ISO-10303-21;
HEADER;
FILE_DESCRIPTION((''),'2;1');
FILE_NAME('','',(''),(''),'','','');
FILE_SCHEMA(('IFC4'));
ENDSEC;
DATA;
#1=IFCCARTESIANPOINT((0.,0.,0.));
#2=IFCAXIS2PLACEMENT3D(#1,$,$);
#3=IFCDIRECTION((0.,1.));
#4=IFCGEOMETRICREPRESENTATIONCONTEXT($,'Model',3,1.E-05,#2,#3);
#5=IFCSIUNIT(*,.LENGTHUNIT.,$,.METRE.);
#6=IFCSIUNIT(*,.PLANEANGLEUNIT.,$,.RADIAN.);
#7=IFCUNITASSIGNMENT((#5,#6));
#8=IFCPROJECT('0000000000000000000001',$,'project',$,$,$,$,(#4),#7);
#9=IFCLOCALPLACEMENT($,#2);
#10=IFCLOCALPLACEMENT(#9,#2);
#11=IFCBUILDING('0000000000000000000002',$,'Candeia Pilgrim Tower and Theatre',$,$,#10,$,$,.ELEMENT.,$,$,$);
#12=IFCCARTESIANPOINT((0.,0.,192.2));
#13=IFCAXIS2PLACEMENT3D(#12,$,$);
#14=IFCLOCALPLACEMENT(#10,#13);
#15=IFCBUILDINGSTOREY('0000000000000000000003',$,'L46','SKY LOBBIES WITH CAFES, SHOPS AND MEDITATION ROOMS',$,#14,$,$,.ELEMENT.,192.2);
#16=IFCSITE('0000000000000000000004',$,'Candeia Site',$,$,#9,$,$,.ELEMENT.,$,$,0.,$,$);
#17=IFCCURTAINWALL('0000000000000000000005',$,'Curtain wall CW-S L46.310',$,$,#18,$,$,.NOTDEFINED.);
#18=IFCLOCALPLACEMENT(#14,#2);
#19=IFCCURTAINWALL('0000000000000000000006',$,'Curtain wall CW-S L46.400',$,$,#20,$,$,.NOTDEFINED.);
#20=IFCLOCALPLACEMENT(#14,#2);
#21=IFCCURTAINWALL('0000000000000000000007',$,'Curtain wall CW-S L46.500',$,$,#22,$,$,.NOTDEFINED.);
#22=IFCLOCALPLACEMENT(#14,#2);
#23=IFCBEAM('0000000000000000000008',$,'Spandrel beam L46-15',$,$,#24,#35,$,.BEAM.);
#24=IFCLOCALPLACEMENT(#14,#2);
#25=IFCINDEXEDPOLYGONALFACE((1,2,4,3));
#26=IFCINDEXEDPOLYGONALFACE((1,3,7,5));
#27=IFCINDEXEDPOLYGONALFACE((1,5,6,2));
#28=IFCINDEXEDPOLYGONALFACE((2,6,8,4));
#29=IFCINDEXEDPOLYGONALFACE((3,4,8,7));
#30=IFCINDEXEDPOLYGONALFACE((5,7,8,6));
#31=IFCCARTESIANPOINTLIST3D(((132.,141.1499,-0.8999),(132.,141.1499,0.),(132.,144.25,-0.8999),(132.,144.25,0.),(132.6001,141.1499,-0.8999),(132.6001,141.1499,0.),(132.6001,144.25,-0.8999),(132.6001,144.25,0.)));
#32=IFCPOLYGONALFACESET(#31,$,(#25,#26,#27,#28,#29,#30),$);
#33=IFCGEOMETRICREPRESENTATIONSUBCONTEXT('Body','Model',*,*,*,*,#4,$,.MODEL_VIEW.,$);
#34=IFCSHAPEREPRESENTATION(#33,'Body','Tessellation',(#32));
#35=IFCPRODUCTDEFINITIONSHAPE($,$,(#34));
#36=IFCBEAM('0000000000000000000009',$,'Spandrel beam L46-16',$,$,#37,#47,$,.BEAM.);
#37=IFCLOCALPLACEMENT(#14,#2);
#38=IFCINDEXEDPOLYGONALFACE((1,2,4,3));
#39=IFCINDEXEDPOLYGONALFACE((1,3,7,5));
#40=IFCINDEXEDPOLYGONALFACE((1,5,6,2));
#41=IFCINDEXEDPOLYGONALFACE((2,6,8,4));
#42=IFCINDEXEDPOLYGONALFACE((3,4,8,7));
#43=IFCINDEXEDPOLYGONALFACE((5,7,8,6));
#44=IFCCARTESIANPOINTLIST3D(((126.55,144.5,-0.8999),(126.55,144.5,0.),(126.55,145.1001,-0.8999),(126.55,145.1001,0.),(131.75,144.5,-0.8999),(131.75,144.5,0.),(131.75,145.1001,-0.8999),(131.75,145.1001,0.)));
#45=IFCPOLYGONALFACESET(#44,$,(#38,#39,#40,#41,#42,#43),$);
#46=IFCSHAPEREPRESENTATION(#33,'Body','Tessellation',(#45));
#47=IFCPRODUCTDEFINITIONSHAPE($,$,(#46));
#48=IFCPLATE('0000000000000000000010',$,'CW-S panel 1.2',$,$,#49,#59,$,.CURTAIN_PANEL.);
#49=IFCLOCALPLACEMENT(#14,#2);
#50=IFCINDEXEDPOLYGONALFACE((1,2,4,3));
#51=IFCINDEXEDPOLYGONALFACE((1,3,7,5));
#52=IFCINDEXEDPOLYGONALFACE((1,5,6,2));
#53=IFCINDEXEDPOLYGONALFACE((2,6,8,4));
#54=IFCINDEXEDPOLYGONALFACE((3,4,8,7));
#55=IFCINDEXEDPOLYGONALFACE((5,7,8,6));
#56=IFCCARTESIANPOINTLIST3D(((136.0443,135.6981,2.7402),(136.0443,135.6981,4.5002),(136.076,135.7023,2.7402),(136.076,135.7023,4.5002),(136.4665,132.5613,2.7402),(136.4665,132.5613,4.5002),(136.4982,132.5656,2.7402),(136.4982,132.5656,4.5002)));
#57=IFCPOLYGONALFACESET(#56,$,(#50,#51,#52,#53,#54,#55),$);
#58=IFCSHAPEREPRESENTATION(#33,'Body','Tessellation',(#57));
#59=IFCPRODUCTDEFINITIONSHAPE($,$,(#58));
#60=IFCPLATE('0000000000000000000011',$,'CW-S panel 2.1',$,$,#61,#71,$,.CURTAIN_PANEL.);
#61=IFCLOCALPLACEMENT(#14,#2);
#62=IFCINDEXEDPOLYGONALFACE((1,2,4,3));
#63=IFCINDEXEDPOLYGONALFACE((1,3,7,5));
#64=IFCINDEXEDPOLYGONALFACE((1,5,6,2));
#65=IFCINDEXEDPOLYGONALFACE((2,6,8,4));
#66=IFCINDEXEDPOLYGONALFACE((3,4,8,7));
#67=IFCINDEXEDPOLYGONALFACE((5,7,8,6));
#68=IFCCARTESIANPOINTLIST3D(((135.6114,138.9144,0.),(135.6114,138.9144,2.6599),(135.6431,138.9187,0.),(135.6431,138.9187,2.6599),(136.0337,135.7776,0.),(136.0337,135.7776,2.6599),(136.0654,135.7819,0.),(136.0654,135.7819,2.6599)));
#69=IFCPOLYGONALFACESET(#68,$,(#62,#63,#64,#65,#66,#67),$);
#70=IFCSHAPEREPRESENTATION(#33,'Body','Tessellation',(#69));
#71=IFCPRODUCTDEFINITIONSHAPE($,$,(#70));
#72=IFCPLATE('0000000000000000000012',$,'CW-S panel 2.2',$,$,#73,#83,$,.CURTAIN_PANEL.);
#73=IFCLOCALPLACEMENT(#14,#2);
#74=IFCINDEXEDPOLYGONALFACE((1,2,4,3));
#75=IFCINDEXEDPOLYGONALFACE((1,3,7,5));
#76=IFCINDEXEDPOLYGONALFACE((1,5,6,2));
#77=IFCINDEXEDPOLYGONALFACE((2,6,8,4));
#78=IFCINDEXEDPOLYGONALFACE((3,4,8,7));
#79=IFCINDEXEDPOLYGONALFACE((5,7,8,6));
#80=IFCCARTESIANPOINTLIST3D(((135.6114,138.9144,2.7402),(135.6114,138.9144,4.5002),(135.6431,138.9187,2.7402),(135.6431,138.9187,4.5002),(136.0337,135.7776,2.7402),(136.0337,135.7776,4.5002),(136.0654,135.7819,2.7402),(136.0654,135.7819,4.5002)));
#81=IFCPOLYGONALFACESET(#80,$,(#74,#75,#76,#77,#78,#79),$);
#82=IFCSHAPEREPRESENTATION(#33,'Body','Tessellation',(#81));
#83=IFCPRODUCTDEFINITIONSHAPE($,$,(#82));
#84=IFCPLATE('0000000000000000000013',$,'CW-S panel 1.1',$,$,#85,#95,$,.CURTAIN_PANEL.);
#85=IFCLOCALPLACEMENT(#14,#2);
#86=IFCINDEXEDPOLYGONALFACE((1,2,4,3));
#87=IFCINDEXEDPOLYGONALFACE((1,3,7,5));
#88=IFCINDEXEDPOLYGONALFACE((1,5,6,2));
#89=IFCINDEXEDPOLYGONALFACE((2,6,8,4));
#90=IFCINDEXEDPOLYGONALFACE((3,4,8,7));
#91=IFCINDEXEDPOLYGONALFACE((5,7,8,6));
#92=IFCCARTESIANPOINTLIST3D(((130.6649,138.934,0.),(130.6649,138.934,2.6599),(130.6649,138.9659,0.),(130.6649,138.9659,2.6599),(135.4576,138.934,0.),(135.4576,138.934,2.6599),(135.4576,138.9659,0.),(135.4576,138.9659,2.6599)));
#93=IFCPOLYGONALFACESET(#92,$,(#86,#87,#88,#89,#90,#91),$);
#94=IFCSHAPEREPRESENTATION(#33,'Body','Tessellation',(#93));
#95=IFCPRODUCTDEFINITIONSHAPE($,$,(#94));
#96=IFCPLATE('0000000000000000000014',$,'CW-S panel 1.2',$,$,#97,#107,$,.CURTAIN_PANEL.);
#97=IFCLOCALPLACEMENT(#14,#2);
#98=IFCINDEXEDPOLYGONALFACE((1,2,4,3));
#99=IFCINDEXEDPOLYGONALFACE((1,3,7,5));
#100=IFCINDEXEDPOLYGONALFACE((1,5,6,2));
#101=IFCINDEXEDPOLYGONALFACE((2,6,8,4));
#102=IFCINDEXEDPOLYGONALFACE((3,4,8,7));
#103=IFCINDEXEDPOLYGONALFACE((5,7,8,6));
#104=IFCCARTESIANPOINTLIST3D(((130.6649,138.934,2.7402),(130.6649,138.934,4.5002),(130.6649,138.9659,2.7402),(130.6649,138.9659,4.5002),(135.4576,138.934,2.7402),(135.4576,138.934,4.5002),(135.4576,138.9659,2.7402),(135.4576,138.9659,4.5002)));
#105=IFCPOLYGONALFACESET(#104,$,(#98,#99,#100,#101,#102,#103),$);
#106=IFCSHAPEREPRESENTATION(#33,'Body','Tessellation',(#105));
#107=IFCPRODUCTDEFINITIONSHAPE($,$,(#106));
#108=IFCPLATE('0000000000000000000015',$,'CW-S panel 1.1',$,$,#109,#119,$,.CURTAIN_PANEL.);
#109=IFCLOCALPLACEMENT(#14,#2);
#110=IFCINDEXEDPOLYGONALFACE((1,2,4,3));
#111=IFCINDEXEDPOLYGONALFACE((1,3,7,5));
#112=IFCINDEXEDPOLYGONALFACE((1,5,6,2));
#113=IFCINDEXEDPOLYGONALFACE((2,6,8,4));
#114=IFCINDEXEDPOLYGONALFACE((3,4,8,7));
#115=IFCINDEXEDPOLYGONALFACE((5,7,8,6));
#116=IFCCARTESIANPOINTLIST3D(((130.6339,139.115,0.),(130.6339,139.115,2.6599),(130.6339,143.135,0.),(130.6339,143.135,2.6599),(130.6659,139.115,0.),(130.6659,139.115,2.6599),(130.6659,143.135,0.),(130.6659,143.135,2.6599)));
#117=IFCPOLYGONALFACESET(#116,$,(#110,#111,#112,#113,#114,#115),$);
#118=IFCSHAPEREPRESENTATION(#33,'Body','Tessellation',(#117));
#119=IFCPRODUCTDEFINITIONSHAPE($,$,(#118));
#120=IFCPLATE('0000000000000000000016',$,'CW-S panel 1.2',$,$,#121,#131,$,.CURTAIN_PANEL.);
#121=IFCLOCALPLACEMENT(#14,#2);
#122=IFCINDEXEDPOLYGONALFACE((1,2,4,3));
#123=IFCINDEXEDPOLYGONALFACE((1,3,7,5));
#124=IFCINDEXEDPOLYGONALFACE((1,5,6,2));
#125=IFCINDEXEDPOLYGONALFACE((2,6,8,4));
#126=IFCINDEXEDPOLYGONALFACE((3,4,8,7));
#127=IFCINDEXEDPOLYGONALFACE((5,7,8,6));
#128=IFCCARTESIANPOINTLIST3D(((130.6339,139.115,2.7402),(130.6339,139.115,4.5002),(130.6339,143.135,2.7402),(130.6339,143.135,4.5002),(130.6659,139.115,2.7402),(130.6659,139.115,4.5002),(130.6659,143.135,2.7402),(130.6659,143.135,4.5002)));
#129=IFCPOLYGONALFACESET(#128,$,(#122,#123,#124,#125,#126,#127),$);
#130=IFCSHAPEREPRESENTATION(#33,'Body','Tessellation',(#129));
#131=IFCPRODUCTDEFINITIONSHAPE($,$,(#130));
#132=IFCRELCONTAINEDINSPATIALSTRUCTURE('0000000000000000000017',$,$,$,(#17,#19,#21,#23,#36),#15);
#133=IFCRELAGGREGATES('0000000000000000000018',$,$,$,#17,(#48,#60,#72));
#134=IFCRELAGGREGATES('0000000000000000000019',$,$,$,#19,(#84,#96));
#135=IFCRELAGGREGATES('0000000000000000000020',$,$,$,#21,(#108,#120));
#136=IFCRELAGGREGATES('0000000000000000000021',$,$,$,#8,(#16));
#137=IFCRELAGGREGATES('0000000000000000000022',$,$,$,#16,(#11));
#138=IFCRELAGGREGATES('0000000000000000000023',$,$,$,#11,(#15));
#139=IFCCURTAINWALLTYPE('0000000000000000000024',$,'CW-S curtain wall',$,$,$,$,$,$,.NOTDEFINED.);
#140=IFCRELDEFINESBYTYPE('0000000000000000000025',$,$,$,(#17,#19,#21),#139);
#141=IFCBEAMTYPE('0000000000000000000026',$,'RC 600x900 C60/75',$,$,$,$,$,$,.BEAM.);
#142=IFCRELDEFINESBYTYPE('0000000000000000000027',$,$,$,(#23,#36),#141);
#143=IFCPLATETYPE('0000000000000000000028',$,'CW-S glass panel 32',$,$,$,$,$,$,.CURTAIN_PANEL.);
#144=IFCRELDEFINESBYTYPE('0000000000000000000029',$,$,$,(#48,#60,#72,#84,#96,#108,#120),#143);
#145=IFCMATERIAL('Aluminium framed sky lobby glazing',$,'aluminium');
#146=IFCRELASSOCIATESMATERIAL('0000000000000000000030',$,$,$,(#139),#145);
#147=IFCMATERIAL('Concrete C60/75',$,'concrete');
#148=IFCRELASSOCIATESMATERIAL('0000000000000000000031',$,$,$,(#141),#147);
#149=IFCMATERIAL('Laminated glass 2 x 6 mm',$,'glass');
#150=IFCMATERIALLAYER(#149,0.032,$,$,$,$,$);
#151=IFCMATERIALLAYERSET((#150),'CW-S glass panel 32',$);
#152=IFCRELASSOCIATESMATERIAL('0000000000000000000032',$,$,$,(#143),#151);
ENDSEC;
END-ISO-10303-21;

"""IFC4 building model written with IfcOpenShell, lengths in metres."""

from ifc_helpers import new_model, si_unit, direction, frame, origin, origin_2d, place, context, subcontext, project, spatial, rectangle, extrude, material, layer, layer_set, material_profile, profile_set, type_object, element, aggregate, save


model = new_model("IFC4")

# Units and contexts
model_context = context("Model", 3, precision=1e-05, world=origin(), true_north=direction((0.0, 1.0)))
body_context = subcontext(model_context, "Body", "Model", "MODEL_VIEW")
ifc_project = project(units=[si_unit("LENGTHUNIT", "METRE"), si_unit("PLANEANGLEUNIT", "RADIAN")], contexts=[model_context])

# Site, building, storey
site_placement = place(None, origin())
site = spatial("IfcSite", under=ifc_project, at=site_placement, Name="Candeia Site", CompositionType="ELEMENT", RefElevation=0.0)
building_placement = place(site_placement, origin())
building = spatial("IfcBuilding", under=site, at=building_placement, Name="Candeia Pilgrim Tower and Theatre", CompositionType="ELEMENT")
storey_placement = place(building_placement, frame((0.0, 0.0, 192.2)))
storey = spatial("IfcBuildingStorey", under=building, at=storey_placement, Name="L46", Description="SKY LOBBIES WITH CAFES, SHOPS AND MEDITATION ROOMS", CompositionType="ELEMENT", Elevation=192.2)

# Shared definitions
ifc_material_1 = material(Name="Concrete C60/75", Category="concrete")

# Curtain walls
ifc_material_2 = material(Name="Aluminium framed sky lobby glazing", Category="aluminium")
curtain_wall_type = type_object("IfcCurtainWallType", Name="CW-S curtain wall", PredefinedType="NOTDEFINED", material=ifc_material_2)
curtain_wall_1_placement = place(storey_placement, origin())
curtain_wall_1 = element("IfcCurtainWall", 1, at=curtain_wall_1_placement, inside=storey, type_object=curtain_wall_type, Name="Curtain wall CW-S L46.310", PredefinedType="NOTDEFINED")
curtain_wall_2_placement = place(storey_placement, origin())
curtain_wall_2 = element("IfcCurtainWall", 2, at=curtain_wall_2_placement, inside=storey, type_object=curtain_wall_type, Name="Curtain wall CW-S L46.400", PredefinedType="NOTDEFINED")
curtain_wall_3_placement = place(storey_placement, origin())
curtain_wall_3 = element("IfcCurtainWall", 3, at=curtain_wall_3_placement, inside=storey, type_object=curtain_wall_type, Name="Curtain wall CW-S L46.500", PredefinedType="NOTDEFINED")

# Beams
ifc_material_profile_1 = material_profile(ifc_material_1, rectangle(XDim=0.6001, YDim=0.8999, at=origin_2d()))
ifc_profile_set_1 = profile_set([ifc_material_profile_1], Name="Concrete C60/75")
beam_type = type_object("IfcBeamType", Name="RC 600x900 C60/75", PredefinedType="BEAM", material=ifc_profile_set_1)
beam_1_placement = place(storey_placement, frame((132.3, 141.1499, -0.45), z_axis=(0.0, 1.0, 0.0), x_axis=(-1.0, 0.0, 0.0)))
element("IfcBeam", 4, at=beam_1_placement, inside=storey, type_object=beam_type, Name="Spandrel beam L46-15", PredefinedType="BEAM", context=body_context, shape_type="SweptSolid", body=[
    extrude(rectangle(XDim=0.6001, YDim=0.8999, at=origin_2d()), origin(), (0.0, 0.0, 1.0), 3.1001),
])
beam_2_placement = place(storey_placement, frame((131.75, 144.8, -0.45), z_axis=(-1.0, 0.0, 0.0), x_axis=(0.0, -1.0, 0.0)))
element("IfcBeam", 5, at=beam_2_placement, inside=storey, type_object=beam_type, Name="Spandrel beam L46-16", PredefinedType="BEAM", context=body_context, shape_type="SweptSolid", body=[
    extrude(rectangle(XDim=0.6001, YDim=0.8999, at=origin_2d()), origin(), (0.0, 0.0, 1.0), 5.2),
])

# Plates
ifc_material_3 = material(Name="Laminated glass 2 x 6 mm", Category="glass")
ifc_layer = layer(ifc_material_3, 0.032)
ifc_layer_set = layer_set([ifc_layer], Name="CW-S glass panel 32")
plate_type = type_object("IfcPlateType", Name="CW-S glass panel 32", PredefinedType="CURTAIN_PANEL", material=ifc_layer_set)
plate_1_placement = place(storey_placement, frame((136.2712, 134.1318, 2.7402), z_axis=(0.0, 0.0, 1.0), x_axis=(-0.133412, 0.991061, 0.0)))
plate_1 = element("IfcPlate", 6, at=plate_1_placement, type_object=plate_type, Name="CW-S panel 1.2", PredefinedType="CURTAIN_PANEL", context=body_context, shape_type="SweptSolid", body=[
    extrude(rectangle(XDim=3.165, YDim=0.032, at=origin_2d()), origin(), (0.0, 0.0, 1.0), 1.76),
])
plate_2_placement = place(storey_placement, frame((135.8384, 137.3481, 0.0), z_axis=(0.0, 0.0, 1.0), x_axis=(-0.133412, 0.991061, 0.0)))
plate_2 = element("IfcPlate", 7, at=plate_2_placement, type_object=plate_type, Name="CW-S panel 2.1", PredefinedType="CURTAIN_PANEL", context=body_context, shape_type="SweptSolid", body=[
    extrude(rectangle(XDim=3.165, YDim=0.032, at=origin_2d()), origin(), (0.0, 0.0, 1.0), 2.6599),
])
plate_3_placement = place(storey_placement, frame((135.8384, 137.3481, 2.7402), z_axis=(0.0, 0.0, 1.0), x_axis=(-0.133412, 0.991061, 0.0)))
plate_3 = element("IfcPlate", 8, at=plate_3_placement, type_object=plate_type, Name="CW-S panel 2.2", PredefinedType="CURTAIN_PANEL", context=body_context, shape_type="SweptSolid", body=[
    extrude(rectangle(XDim=3.165, YDim=0.032, at=origin_2d()), origin(), (0.0, 0.0, 1.0), 1.76),
])
aggregate(curtain_wall_1, [plate_1, plate_2, plate_3])
plate_4_placement = place(storey_placement, frame((133.0613, 138.95, 0.0), z_axis=(0.0, 0.0, 1.0), x_axis=(-1.0, 0.0, 0.0)))
plate_4 = element("IfcPlate", 9, at=plate_4_placement, type_object=plate_type, Name="CW-S panel 1.1", PredefinedType="CURTAIN_PANEL", context=body_context, shape_type="SweptSolid", body=[
    extrude(rectangle(XDim=4.7927, YDim=0.032, at=origin_2d()), origin(), (0.0, 0.0, 1.0), 2.6599),
])
plate_5_placement = place(storey_placement, frame((133.0613, 138.95, 2.7402), z_axis=(0.0, 0.0, 1.0), x_axis=(-1.0, 0.0, 0.0)))
plate_5 = element("IfcPlate", 10, at=plate_5_placement, type_object=plate_type, Name="CW-S panel 1.2", PredefinedType="CURTAIN_PANEL", context=body_context, shape_type="SweptSolid", body=[
    extrude(rectangle(XDim=4.7927, YDim=0.032, at=origin_2d()), origin(), (0.0, 0.0, 1.0), 1.76),
])
aggregate(curtain_wall_2, [plate_4, plate_5])
plate_6_placement = place(storey_placement, frame((130.6499, 141.125, 0.0), z_axis=(0.0, 0.0, 1.0), x_axis=(0.0, 1.0, 0.0)))
plate_6 = element("IfcPlate", 11, at=plate_6_placement, type_object=plate_type, Name="CW-S panel 1.1", PredefinedType="CURTAIN_PANEL", context=body_context, shape_type="SweptSolid", body=[
    extrude(rectangle(XDim=4.02, YDim=0.032, at=origin_2d()), origin(), (0.0, 0.0, 1.0), 2.6599),
])
plate_7_placement = place(storey_placement, frame((130.6499, 141.125, 2.7402), z_axis=(0.0, 0.0, 1.0), x_axis=(0.0, 1.0, 0.0)))
plate_7 = element("IfcPlate", 12, at=plate_7_placement, type_object=plate_type, Name="CW-S panel 1.2", PredefinedType="CURTAIN_PANEL", context=body_context, shape_type="SweptSolid", body=[
    extrude(rectangle(XDim=4.02, YDim=0.032, at=origin_2d()), origin(), (0.0, 0.0, 1.0), 1.76),
])
aggregate(curtain_wall_3, [plate_6, plate_7])

save(model, "model.ifc")
